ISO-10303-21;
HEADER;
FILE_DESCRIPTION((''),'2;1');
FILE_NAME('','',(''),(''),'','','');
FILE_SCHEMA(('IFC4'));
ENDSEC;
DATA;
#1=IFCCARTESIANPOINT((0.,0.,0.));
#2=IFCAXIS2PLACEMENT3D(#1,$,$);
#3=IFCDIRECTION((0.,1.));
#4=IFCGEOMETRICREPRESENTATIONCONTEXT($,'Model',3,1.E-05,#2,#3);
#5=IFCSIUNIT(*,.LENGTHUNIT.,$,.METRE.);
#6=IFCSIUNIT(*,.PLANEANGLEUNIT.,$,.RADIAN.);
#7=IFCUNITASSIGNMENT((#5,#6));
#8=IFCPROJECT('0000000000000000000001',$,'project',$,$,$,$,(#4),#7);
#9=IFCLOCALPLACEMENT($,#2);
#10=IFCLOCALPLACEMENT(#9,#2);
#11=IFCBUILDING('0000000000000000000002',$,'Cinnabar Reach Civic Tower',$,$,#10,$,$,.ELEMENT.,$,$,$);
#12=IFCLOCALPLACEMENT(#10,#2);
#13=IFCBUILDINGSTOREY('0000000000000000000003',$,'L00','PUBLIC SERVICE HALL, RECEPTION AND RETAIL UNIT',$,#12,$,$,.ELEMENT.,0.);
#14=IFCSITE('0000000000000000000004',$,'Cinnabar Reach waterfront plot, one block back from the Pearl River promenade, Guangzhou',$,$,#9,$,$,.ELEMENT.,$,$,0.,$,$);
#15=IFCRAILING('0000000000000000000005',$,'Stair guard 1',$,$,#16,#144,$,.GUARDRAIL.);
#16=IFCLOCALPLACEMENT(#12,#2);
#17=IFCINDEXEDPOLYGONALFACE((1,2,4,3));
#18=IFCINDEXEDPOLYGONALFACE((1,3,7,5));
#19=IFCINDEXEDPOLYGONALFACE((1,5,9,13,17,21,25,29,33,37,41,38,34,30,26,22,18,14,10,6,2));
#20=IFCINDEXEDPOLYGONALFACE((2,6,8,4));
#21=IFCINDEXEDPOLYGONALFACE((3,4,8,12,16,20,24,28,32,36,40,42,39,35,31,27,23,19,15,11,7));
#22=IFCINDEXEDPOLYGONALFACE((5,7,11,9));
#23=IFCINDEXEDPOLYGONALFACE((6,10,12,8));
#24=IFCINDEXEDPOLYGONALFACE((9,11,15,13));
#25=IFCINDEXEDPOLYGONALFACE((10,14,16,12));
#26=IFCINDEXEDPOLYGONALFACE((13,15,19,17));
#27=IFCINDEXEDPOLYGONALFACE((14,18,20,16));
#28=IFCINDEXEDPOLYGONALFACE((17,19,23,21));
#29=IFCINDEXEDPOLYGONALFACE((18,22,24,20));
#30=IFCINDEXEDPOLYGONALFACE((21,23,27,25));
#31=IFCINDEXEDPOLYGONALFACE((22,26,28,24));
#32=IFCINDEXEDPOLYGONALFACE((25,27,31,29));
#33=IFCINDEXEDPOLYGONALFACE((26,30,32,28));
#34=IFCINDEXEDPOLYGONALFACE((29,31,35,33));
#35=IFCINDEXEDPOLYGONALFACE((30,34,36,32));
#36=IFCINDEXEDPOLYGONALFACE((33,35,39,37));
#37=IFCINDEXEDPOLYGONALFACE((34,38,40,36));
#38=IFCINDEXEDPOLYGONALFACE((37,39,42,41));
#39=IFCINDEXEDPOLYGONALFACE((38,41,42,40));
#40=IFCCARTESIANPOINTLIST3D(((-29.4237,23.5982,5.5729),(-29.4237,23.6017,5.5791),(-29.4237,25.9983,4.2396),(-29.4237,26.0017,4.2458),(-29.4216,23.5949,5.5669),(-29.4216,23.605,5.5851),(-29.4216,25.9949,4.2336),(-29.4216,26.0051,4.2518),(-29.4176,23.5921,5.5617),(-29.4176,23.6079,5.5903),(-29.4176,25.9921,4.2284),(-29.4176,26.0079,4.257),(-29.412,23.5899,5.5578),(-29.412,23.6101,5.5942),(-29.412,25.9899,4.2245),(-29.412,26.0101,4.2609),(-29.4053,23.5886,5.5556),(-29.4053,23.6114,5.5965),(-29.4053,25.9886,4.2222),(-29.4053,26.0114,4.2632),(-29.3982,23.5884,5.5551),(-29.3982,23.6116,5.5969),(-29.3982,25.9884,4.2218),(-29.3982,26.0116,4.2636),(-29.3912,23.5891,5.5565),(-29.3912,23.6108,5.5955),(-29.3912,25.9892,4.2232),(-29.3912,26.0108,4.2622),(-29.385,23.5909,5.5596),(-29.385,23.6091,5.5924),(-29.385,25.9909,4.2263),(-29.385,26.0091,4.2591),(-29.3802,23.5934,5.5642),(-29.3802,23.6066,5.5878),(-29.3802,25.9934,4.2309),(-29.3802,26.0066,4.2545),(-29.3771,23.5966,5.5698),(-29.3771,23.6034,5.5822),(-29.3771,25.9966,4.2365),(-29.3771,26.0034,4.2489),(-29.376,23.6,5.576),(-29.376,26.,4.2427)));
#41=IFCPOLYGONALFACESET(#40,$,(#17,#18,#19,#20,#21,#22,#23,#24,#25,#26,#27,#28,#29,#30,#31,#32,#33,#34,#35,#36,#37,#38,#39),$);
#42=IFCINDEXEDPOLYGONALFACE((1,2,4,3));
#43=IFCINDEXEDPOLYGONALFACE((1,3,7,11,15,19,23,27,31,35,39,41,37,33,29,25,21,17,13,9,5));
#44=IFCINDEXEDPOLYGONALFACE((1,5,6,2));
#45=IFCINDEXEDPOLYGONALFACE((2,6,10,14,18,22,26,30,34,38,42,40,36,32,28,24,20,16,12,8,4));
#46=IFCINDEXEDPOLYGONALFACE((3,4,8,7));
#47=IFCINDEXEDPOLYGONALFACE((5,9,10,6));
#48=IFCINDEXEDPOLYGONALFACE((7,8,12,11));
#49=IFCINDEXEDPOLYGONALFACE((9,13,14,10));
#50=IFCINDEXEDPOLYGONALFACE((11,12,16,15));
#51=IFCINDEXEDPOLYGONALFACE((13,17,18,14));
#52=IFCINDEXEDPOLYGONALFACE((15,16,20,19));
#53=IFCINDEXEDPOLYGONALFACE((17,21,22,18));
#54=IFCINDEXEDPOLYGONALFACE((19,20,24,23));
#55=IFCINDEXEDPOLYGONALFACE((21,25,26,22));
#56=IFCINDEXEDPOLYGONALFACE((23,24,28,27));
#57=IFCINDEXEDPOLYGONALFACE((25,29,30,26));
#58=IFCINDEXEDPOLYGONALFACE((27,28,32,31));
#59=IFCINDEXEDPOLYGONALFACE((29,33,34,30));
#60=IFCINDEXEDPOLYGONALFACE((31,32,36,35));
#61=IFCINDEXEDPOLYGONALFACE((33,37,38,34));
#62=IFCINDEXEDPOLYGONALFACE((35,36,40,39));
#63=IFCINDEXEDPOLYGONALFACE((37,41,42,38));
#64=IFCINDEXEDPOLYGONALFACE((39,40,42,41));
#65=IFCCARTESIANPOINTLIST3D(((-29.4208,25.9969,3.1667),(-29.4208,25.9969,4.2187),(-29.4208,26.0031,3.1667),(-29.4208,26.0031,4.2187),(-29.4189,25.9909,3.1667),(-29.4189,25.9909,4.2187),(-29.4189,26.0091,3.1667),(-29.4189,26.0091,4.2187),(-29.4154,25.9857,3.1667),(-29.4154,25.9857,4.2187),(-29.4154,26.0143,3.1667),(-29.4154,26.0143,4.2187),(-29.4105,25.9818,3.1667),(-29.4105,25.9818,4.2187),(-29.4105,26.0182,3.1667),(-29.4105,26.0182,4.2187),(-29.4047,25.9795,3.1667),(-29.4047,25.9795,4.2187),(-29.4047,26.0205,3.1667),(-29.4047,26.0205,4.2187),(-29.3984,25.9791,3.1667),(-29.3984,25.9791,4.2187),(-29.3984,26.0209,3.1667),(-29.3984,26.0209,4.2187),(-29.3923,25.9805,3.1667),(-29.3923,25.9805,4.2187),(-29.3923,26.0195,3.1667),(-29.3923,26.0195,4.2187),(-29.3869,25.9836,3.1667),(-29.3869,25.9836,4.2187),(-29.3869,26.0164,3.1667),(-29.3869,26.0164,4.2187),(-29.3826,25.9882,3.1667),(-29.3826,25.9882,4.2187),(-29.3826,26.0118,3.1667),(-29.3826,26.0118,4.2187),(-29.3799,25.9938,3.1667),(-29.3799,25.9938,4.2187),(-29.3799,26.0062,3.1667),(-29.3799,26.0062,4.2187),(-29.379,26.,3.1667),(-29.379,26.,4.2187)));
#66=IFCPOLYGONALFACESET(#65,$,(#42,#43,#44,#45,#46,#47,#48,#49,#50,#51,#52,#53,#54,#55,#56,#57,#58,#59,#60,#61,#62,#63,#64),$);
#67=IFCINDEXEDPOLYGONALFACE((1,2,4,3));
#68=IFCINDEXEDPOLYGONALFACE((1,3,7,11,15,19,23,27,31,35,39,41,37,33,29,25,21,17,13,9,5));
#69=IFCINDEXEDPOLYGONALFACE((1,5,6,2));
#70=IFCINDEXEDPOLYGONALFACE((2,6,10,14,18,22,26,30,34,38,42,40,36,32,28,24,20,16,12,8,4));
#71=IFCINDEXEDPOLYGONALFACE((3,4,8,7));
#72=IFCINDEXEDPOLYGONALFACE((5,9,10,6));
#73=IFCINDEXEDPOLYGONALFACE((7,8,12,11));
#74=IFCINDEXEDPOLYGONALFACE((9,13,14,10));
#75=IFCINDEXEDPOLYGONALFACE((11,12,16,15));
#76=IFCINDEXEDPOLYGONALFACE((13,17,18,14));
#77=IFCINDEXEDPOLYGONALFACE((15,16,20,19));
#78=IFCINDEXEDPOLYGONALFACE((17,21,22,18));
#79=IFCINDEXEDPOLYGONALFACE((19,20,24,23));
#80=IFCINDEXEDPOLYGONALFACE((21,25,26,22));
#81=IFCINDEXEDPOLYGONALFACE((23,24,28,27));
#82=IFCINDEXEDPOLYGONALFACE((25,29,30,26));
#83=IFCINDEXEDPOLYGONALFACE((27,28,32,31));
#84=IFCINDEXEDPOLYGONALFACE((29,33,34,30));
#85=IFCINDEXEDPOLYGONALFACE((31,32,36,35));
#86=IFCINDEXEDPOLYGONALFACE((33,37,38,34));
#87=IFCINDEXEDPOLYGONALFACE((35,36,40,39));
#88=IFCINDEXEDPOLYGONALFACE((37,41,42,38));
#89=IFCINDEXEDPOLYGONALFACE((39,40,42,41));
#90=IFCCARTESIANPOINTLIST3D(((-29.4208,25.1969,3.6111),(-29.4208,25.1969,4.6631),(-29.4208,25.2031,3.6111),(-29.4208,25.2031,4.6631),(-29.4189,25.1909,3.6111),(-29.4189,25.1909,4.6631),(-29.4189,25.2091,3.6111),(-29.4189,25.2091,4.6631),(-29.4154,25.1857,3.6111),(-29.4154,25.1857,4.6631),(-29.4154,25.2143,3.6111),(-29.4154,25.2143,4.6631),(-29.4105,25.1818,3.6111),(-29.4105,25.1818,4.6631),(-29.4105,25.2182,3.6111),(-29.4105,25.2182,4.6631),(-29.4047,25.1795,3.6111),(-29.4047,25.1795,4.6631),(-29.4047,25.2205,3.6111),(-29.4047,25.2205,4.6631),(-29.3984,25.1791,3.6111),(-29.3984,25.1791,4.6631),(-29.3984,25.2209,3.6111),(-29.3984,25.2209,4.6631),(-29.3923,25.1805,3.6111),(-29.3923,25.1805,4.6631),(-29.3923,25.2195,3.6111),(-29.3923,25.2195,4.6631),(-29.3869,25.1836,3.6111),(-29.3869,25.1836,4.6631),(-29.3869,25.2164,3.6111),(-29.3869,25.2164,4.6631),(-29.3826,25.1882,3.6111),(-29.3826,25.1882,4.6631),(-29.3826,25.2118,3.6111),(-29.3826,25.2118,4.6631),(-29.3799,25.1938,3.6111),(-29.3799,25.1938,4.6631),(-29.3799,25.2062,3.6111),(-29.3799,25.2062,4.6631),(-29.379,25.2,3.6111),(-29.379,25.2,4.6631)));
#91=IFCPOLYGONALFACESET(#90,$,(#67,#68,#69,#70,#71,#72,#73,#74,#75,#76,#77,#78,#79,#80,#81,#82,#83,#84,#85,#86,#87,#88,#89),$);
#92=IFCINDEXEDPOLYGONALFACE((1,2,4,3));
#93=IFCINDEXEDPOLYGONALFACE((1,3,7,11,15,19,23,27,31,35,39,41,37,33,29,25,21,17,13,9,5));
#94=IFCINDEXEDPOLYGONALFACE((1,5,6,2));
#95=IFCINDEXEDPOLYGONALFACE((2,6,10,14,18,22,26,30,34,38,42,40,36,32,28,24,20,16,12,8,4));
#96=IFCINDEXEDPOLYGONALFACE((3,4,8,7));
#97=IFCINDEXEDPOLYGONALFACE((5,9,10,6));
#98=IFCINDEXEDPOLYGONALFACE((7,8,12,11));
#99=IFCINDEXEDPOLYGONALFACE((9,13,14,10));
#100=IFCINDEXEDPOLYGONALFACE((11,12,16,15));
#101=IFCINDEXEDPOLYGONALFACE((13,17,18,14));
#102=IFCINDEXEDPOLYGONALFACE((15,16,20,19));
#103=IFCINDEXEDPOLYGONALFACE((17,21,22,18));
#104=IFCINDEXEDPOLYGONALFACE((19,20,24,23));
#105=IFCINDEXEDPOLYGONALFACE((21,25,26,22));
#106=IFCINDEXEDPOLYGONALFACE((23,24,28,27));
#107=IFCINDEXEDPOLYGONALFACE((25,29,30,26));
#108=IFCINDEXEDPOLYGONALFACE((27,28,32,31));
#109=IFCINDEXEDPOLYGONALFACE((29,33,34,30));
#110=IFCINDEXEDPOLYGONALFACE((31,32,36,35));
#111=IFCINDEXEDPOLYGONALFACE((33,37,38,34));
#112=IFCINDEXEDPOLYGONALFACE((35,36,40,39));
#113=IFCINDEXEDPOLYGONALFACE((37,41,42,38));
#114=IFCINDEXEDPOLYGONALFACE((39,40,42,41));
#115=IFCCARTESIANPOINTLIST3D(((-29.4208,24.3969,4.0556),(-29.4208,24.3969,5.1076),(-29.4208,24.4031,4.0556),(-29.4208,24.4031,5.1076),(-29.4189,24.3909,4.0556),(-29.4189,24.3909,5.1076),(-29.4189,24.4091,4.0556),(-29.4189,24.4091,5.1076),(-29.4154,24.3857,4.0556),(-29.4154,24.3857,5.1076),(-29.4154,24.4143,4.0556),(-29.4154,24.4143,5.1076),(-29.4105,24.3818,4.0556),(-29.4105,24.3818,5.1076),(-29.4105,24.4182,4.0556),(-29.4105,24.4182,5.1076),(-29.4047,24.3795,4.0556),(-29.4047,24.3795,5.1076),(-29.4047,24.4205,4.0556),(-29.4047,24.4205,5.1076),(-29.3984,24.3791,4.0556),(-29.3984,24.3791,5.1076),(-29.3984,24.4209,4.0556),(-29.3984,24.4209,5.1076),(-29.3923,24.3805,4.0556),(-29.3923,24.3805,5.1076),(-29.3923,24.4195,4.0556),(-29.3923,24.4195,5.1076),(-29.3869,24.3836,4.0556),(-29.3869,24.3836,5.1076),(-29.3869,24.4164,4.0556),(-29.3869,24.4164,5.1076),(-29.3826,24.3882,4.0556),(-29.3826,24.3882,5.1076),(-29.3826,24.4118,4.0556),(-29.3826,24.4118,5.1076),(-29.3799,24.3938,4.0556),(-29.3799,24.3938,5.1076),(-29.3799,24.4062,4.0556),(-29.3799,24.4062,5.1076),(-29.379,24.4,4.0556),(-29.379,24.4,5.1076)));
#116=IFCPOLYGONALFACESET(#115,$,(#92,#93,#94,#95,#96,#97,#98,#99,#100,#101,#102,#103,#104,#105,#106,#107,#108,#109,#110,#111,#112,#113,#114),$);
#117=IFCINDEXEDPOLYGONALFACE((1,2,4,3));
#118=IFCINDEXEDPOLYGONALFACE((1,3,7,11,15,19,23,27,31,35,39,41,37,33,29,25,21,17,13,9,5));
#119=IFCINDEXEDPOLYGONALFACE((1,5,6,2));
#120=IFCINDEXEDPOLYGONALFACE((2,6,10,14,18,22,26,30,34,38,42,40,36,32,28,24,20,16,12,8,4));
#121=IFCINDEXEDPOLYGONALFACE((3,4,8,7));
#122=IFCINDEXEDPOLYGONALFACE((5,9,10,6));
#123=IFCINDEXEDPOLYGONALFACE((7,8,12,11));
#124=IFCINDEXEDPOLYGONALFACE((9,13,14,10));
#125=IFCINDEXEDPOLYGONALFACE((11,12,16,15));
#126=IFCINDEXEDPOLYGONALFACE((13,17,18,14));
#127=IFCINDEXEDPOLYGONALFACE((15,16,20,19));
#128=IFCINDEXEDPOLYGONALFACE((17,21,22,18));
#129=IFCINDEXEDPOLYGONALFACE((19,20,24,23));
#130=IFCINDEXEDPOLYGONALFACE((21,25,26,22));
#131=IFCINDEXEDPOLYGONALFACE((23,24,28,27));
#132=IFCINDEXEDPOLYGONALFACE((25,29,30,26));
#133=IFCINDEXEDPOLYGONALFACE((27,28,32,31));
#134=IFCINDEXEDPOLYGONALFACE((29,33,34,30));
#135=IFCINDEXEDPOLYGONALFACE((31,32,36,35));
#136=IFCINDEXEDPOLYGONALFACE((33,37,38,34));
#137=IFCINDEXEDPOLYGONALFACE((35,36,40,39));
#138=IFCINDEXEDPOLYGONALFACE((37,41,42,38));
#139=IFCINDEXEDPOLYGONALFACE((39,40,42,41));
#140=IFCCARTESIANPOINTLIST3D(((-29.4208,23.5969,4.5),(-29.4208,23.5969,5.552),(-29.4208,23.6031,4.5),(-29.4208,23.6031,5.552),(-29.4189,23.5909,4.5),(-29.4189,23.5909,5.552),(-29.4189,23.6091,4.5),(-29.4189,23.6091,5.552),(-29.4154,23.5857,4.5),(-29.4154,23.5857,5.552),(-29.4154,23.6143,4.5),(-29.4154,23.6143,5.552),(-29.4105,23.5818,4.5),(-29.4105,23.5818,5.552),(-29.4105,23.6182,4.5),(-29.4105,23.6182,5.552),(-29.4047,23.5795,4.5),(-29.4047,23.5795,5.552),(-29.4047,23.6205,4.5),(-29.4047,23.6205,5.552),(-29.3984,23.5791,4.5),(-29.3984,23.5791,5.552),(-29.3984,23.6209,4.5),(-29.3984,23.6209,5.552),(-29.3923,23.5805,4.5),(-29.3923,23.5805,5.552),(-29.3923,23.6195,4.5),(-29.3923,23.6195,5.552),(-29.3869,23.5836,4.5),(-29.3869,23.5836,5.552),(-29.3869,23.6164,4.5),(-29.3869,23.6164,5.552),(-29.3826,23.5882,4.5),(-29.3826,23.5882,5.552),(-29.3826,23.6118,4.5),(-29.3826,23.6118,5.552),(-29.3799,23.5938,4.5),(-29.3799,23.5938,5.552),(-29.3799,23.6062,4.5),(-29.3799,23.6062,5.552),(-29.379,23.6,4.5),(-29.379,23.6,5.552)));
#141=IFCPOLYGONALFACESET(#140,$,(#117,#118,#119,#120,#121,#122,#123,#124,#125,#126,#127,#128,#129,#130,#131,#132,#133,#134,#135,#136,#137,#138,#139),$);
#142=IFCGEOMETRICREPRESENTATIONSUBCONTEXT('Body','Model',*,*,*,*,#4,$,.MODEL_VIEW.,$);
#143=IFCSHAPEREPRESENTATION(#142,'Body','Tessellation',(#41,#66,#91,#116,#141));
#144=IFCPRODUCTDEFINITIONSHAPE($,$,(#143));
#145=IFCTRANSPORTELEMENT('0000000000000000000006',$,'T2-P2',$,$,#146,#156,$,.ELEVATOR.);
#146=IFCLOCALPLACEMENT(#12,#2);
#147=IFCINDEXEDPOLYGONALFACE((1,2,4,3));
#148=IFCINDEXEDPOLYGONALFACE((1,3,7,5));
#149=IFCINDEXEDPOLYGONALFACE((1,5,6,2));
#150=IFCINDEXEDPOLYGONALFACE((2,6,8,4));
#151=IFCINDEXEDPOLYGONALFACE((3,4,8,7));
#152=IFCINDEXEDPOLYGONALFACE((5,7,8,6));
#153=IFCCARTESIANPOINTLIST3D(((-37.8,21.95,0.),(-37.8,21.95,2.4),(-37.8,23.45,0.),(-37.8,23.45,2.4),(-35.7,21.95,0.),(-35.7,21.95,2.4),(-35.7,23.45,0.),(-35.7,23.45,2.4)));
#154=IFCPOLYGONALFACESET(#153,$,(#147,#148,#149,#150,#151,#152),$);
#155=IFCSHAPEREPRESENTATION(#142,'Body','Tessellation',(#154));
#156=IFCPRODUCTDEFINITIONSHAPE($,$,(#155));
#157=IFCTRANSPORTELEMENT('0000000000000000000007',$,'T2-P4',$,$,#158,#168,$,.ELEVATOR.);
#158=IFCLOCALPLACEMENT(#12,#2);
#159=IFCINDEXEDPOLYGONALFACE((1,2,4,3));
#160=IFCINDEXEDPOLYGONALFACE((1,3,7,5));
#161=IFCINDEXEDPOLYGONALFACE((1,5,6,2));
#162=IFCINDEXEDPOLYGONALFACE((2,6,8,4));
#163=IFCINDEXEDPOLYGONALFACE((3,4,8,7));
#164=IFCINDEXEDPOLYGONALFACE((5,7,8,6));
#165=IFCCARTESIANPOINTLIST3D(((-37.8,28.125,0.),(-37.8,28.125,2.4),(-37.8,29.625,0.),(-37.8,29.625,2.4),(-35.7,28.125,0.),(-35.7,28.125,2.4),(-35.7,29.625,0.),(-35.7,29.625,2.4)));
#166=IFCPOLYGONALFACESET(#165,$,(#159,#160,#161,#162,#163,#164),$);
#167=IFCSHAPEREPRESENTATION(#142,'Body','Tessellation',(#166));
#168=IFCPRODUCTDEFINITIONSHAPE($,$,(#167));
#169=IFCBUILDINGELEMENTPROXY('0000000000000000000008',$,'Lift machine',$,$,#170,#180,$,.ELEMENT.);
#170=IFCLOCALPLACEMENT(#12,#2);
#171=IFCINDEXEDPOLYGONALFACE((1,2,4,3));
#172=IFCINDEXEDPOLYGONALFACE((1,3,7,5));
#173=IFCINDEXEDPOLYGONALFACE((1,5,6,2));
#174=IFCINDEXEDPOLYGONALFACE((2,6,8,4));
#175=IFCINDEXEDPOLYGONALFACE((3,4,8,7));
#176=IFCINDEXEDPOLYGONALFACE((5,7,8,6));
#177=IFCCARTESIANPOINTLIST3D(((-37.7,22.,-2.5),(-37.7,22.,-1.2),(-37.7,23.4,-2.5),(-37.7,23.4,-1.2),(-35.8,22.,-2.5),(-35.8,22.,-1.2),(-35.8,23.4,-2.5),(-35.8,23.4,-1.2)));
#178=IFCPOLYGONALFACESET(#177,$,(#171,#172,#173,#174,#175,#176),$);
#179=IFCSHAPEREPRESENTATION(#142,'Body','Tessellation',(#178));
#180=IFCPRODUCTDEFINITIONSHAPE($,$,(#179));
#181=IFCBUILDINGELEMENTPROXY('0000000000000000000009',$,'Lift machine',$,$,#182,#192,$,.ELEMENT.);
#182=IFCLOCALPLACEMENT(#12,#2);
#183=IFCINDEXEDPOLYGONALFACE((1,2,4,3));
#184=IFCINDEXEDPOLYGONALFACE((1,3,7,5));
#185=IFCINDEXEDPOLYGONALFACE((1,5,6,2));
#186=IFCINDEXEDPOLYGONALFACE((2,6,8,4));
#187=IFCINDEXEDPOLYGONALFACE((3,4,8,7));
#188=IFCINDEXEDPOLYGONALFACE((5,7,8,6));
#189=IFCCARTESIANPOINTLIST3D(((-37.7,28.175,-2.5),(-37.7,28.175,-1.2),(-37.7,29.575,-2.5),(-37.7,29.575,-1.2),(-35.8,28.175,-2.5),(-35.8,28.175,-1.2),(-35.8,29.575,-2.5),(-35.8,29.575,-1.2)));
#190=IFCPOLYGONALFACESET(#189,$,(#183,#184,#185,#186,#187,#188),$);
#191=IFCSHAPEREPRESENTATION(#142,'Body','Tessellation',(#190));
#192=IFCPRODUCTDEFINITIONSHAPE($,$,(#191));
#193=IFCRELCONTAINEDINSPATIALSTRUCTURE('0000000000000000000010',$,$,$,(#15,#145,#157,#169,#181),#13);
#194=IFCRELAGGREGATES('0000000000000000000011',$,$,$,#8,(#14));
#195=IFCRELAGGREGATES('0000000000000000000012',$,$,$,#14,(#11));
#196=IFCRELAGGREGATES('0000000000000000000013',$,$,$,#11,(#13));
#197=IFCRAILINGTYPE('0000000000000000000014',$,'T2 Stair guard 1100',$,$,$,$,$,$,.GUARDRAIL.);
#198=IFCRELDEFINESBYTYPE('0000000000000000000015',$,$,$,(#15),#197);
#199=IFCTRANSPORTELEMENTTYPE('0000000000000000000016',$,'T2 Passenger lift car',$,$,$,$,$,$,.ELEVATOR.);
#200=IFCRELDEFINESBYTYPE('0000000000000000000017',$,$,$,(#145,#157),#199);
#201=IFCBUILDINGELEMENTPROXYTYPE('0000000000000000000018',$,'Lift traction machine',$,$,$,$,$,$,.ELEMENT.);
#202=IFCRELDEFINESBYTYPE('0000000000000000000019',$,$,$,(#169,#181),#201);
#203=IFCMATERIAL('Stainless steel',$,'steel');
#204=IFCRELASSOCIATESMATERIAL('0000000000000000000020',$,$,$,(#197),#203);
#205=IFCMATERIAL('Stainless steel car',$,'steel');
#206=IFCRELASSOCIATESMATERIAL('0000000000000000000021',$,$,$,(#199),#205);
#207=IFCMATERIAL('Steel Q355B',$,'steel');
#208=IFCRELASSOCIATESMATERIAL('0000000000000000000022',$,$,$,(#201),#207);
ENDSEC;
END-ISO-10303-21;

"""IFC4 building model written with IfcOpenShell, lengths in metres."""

from ifc_helpers import new_model, si_unit, direction, frame, origin, origin_2d, place, context, subcontext, project, spatial, rectangle, circle, extrude, material, type_object, element, save


model = new_model("IFC4")

# Units and contexts
model_context = context("Model", 3, precision=1e-05, world=origin(), true_north=direction((0.0, 1.0)))
body_context = subcontext(model_context, "Body", "Model", "MODEL_VIEW")
ifc_project = project(units=[si_unit("LENGTHUNIT", "METRE"), si_unit("PLANEANGLEUNIT", "RADIAN")], contexts=[model_context])

# Site, building, storey
site_placement = place(None, origin())
site = spatial("IfcSite", under=ifc_project, at=site_placement, Name="Cinnabar Reach waterfront plot, one block back from the Pearl River promenade, Guangzhou", CompositionType="ELEMENT", RefElevation=0.0)
building_placement = place(site_placement, origin())
building = spatial("IfcBuilding", under=site, at=building_placement, Name="Cinnabar Reach Civic Tower", CompositionType="ELEMENT")
storey_placement = place(building_placement, origin())
storey = spatial("IfcBuildingStorey", under=building, at=storey_placement, Name="L00", Description="PUBLIC SERVICE HALL, RECEPTION AND RETAIL UNIT", CompositionType="ELEMENT", Elevation=0.0)

# Shared definitions
ifc_material_1 = material(Name="Steel Q355B", Category="steel")

# Railing
ifc_material_2 = material(Name="Stainless steel", Category="steel")
railing_type = type_object("IfcRailingType", Name="T2 Stair guard 1100", PredefinedType="GUARDRAIL", material=ifc_material_2)
railing_1_placement = place(storey_placement, frame((-29.4, 26.0, 3.1667)))
element("IfcRailing", 1, at=railing_1_placement, inside=storey, type_object=railing_type, Name="Stair guard 1", PredefinedType="GUARDRAIL", context=body_context, shape_type="SweptSolid", body=[
    extrude(circle(Radius=0.024, at=origin_2d()), frame((0.0, 0.0, 1.076), z_axis=(0.0, -0.874162, 0.485634), x_axis=(1.0, 0.0, 0.0)), (0.0, 0.0, 1.0), 2.7455),
    extrude(circle(Radius=0.021, at=origin_2d()), origin(), (0.0, 0.0, 1.0), 1.052),
    extrude(circle(Radius=0.021, at=origin_2d()), frame((0.0, -0.8, 0.4444)), (0.0, 0.0, 1.0), 1.052),
    extrude(circle(Radius=0.021, at=origin_2d()), frame((0.0, -1.6, 0.8889)), (0.0, 0.0, 1.0), 1.052),
    extrude(circle(Radius=0.021, at=origin_2d()), frame((0.0, -2.4, 1.3333)), (0.0, 0.0, 1.0), 1.052),
])

# Transport elements
ifc_material_3 = material(Name="Stainless steel car", Category="steel")
transport_element_type = type_object("IfcTransportElementType", Name="T2 Passenger lift car", PredefinedType="ELEVATOR", material=ifc_material_3)
for number, where, z_axis, x_axis, name in (
    (2, (-36.75, 22.7, 0.0), (0.0, 0.0, 1.0), (1.0, 0.0, 0.0), "T2-P2"),
    (3, (-36.75, 28.875, 0.0), (0.0, 0.0, 1.0), (1.0, 0.0, 0.0), "T2-P4"),
):
    element("IfcTransportElement", number, at=place(storey_placement, frame(where, z_axis=z_axis, x_axis=x_axis)), inside=storey, type_object=transport_element_type, Name=name, PredefinedType="ELEVATOR", context=body_context, shape_type="SweptSolid", body=[
        extrude(rectangle(XDim=2.1, YDim=1.5, at=origin_2d()), origin(), (0.0, 0.0, 1.0), 2.4),
    ])

# Building element proxies
building_element_proxy_type = type_object("IfcBuildingElementProxyType", Name="Lift traction machine", PredefinedType="ELEMENT", material=ifc_material_1)
for number, where, z_axis, x_axis, name in (
    (4, (-36.75, 22.7, -2.5), (0.0, 0.0, 1.0), (1.0, 0.0, 0.0), "Lift machine"),
    (5, (-36.75, 28.875, -2.5), (0.0, 0.0, 1.0), (1.0, 0.0, 0.0), "Lift machine"),
):
    element("IfcBuildingElementProxy", number, at=place(storey_placement, frame(where, z_axis=z_axis, x_axis=x_axis)), inside=storey, type_object=building_element_proxy_type, Name=name, PredefinedType="ELEMENT", context=body_context, shape_type="SweptSolid", body=[
        extrude(rectangle(XDim=1.9, YDim=1.4, at=origin_2d()), origin(), (0.0, 0.0, 1.0), 1.3),
    ])

save(model, "model.ifc")
